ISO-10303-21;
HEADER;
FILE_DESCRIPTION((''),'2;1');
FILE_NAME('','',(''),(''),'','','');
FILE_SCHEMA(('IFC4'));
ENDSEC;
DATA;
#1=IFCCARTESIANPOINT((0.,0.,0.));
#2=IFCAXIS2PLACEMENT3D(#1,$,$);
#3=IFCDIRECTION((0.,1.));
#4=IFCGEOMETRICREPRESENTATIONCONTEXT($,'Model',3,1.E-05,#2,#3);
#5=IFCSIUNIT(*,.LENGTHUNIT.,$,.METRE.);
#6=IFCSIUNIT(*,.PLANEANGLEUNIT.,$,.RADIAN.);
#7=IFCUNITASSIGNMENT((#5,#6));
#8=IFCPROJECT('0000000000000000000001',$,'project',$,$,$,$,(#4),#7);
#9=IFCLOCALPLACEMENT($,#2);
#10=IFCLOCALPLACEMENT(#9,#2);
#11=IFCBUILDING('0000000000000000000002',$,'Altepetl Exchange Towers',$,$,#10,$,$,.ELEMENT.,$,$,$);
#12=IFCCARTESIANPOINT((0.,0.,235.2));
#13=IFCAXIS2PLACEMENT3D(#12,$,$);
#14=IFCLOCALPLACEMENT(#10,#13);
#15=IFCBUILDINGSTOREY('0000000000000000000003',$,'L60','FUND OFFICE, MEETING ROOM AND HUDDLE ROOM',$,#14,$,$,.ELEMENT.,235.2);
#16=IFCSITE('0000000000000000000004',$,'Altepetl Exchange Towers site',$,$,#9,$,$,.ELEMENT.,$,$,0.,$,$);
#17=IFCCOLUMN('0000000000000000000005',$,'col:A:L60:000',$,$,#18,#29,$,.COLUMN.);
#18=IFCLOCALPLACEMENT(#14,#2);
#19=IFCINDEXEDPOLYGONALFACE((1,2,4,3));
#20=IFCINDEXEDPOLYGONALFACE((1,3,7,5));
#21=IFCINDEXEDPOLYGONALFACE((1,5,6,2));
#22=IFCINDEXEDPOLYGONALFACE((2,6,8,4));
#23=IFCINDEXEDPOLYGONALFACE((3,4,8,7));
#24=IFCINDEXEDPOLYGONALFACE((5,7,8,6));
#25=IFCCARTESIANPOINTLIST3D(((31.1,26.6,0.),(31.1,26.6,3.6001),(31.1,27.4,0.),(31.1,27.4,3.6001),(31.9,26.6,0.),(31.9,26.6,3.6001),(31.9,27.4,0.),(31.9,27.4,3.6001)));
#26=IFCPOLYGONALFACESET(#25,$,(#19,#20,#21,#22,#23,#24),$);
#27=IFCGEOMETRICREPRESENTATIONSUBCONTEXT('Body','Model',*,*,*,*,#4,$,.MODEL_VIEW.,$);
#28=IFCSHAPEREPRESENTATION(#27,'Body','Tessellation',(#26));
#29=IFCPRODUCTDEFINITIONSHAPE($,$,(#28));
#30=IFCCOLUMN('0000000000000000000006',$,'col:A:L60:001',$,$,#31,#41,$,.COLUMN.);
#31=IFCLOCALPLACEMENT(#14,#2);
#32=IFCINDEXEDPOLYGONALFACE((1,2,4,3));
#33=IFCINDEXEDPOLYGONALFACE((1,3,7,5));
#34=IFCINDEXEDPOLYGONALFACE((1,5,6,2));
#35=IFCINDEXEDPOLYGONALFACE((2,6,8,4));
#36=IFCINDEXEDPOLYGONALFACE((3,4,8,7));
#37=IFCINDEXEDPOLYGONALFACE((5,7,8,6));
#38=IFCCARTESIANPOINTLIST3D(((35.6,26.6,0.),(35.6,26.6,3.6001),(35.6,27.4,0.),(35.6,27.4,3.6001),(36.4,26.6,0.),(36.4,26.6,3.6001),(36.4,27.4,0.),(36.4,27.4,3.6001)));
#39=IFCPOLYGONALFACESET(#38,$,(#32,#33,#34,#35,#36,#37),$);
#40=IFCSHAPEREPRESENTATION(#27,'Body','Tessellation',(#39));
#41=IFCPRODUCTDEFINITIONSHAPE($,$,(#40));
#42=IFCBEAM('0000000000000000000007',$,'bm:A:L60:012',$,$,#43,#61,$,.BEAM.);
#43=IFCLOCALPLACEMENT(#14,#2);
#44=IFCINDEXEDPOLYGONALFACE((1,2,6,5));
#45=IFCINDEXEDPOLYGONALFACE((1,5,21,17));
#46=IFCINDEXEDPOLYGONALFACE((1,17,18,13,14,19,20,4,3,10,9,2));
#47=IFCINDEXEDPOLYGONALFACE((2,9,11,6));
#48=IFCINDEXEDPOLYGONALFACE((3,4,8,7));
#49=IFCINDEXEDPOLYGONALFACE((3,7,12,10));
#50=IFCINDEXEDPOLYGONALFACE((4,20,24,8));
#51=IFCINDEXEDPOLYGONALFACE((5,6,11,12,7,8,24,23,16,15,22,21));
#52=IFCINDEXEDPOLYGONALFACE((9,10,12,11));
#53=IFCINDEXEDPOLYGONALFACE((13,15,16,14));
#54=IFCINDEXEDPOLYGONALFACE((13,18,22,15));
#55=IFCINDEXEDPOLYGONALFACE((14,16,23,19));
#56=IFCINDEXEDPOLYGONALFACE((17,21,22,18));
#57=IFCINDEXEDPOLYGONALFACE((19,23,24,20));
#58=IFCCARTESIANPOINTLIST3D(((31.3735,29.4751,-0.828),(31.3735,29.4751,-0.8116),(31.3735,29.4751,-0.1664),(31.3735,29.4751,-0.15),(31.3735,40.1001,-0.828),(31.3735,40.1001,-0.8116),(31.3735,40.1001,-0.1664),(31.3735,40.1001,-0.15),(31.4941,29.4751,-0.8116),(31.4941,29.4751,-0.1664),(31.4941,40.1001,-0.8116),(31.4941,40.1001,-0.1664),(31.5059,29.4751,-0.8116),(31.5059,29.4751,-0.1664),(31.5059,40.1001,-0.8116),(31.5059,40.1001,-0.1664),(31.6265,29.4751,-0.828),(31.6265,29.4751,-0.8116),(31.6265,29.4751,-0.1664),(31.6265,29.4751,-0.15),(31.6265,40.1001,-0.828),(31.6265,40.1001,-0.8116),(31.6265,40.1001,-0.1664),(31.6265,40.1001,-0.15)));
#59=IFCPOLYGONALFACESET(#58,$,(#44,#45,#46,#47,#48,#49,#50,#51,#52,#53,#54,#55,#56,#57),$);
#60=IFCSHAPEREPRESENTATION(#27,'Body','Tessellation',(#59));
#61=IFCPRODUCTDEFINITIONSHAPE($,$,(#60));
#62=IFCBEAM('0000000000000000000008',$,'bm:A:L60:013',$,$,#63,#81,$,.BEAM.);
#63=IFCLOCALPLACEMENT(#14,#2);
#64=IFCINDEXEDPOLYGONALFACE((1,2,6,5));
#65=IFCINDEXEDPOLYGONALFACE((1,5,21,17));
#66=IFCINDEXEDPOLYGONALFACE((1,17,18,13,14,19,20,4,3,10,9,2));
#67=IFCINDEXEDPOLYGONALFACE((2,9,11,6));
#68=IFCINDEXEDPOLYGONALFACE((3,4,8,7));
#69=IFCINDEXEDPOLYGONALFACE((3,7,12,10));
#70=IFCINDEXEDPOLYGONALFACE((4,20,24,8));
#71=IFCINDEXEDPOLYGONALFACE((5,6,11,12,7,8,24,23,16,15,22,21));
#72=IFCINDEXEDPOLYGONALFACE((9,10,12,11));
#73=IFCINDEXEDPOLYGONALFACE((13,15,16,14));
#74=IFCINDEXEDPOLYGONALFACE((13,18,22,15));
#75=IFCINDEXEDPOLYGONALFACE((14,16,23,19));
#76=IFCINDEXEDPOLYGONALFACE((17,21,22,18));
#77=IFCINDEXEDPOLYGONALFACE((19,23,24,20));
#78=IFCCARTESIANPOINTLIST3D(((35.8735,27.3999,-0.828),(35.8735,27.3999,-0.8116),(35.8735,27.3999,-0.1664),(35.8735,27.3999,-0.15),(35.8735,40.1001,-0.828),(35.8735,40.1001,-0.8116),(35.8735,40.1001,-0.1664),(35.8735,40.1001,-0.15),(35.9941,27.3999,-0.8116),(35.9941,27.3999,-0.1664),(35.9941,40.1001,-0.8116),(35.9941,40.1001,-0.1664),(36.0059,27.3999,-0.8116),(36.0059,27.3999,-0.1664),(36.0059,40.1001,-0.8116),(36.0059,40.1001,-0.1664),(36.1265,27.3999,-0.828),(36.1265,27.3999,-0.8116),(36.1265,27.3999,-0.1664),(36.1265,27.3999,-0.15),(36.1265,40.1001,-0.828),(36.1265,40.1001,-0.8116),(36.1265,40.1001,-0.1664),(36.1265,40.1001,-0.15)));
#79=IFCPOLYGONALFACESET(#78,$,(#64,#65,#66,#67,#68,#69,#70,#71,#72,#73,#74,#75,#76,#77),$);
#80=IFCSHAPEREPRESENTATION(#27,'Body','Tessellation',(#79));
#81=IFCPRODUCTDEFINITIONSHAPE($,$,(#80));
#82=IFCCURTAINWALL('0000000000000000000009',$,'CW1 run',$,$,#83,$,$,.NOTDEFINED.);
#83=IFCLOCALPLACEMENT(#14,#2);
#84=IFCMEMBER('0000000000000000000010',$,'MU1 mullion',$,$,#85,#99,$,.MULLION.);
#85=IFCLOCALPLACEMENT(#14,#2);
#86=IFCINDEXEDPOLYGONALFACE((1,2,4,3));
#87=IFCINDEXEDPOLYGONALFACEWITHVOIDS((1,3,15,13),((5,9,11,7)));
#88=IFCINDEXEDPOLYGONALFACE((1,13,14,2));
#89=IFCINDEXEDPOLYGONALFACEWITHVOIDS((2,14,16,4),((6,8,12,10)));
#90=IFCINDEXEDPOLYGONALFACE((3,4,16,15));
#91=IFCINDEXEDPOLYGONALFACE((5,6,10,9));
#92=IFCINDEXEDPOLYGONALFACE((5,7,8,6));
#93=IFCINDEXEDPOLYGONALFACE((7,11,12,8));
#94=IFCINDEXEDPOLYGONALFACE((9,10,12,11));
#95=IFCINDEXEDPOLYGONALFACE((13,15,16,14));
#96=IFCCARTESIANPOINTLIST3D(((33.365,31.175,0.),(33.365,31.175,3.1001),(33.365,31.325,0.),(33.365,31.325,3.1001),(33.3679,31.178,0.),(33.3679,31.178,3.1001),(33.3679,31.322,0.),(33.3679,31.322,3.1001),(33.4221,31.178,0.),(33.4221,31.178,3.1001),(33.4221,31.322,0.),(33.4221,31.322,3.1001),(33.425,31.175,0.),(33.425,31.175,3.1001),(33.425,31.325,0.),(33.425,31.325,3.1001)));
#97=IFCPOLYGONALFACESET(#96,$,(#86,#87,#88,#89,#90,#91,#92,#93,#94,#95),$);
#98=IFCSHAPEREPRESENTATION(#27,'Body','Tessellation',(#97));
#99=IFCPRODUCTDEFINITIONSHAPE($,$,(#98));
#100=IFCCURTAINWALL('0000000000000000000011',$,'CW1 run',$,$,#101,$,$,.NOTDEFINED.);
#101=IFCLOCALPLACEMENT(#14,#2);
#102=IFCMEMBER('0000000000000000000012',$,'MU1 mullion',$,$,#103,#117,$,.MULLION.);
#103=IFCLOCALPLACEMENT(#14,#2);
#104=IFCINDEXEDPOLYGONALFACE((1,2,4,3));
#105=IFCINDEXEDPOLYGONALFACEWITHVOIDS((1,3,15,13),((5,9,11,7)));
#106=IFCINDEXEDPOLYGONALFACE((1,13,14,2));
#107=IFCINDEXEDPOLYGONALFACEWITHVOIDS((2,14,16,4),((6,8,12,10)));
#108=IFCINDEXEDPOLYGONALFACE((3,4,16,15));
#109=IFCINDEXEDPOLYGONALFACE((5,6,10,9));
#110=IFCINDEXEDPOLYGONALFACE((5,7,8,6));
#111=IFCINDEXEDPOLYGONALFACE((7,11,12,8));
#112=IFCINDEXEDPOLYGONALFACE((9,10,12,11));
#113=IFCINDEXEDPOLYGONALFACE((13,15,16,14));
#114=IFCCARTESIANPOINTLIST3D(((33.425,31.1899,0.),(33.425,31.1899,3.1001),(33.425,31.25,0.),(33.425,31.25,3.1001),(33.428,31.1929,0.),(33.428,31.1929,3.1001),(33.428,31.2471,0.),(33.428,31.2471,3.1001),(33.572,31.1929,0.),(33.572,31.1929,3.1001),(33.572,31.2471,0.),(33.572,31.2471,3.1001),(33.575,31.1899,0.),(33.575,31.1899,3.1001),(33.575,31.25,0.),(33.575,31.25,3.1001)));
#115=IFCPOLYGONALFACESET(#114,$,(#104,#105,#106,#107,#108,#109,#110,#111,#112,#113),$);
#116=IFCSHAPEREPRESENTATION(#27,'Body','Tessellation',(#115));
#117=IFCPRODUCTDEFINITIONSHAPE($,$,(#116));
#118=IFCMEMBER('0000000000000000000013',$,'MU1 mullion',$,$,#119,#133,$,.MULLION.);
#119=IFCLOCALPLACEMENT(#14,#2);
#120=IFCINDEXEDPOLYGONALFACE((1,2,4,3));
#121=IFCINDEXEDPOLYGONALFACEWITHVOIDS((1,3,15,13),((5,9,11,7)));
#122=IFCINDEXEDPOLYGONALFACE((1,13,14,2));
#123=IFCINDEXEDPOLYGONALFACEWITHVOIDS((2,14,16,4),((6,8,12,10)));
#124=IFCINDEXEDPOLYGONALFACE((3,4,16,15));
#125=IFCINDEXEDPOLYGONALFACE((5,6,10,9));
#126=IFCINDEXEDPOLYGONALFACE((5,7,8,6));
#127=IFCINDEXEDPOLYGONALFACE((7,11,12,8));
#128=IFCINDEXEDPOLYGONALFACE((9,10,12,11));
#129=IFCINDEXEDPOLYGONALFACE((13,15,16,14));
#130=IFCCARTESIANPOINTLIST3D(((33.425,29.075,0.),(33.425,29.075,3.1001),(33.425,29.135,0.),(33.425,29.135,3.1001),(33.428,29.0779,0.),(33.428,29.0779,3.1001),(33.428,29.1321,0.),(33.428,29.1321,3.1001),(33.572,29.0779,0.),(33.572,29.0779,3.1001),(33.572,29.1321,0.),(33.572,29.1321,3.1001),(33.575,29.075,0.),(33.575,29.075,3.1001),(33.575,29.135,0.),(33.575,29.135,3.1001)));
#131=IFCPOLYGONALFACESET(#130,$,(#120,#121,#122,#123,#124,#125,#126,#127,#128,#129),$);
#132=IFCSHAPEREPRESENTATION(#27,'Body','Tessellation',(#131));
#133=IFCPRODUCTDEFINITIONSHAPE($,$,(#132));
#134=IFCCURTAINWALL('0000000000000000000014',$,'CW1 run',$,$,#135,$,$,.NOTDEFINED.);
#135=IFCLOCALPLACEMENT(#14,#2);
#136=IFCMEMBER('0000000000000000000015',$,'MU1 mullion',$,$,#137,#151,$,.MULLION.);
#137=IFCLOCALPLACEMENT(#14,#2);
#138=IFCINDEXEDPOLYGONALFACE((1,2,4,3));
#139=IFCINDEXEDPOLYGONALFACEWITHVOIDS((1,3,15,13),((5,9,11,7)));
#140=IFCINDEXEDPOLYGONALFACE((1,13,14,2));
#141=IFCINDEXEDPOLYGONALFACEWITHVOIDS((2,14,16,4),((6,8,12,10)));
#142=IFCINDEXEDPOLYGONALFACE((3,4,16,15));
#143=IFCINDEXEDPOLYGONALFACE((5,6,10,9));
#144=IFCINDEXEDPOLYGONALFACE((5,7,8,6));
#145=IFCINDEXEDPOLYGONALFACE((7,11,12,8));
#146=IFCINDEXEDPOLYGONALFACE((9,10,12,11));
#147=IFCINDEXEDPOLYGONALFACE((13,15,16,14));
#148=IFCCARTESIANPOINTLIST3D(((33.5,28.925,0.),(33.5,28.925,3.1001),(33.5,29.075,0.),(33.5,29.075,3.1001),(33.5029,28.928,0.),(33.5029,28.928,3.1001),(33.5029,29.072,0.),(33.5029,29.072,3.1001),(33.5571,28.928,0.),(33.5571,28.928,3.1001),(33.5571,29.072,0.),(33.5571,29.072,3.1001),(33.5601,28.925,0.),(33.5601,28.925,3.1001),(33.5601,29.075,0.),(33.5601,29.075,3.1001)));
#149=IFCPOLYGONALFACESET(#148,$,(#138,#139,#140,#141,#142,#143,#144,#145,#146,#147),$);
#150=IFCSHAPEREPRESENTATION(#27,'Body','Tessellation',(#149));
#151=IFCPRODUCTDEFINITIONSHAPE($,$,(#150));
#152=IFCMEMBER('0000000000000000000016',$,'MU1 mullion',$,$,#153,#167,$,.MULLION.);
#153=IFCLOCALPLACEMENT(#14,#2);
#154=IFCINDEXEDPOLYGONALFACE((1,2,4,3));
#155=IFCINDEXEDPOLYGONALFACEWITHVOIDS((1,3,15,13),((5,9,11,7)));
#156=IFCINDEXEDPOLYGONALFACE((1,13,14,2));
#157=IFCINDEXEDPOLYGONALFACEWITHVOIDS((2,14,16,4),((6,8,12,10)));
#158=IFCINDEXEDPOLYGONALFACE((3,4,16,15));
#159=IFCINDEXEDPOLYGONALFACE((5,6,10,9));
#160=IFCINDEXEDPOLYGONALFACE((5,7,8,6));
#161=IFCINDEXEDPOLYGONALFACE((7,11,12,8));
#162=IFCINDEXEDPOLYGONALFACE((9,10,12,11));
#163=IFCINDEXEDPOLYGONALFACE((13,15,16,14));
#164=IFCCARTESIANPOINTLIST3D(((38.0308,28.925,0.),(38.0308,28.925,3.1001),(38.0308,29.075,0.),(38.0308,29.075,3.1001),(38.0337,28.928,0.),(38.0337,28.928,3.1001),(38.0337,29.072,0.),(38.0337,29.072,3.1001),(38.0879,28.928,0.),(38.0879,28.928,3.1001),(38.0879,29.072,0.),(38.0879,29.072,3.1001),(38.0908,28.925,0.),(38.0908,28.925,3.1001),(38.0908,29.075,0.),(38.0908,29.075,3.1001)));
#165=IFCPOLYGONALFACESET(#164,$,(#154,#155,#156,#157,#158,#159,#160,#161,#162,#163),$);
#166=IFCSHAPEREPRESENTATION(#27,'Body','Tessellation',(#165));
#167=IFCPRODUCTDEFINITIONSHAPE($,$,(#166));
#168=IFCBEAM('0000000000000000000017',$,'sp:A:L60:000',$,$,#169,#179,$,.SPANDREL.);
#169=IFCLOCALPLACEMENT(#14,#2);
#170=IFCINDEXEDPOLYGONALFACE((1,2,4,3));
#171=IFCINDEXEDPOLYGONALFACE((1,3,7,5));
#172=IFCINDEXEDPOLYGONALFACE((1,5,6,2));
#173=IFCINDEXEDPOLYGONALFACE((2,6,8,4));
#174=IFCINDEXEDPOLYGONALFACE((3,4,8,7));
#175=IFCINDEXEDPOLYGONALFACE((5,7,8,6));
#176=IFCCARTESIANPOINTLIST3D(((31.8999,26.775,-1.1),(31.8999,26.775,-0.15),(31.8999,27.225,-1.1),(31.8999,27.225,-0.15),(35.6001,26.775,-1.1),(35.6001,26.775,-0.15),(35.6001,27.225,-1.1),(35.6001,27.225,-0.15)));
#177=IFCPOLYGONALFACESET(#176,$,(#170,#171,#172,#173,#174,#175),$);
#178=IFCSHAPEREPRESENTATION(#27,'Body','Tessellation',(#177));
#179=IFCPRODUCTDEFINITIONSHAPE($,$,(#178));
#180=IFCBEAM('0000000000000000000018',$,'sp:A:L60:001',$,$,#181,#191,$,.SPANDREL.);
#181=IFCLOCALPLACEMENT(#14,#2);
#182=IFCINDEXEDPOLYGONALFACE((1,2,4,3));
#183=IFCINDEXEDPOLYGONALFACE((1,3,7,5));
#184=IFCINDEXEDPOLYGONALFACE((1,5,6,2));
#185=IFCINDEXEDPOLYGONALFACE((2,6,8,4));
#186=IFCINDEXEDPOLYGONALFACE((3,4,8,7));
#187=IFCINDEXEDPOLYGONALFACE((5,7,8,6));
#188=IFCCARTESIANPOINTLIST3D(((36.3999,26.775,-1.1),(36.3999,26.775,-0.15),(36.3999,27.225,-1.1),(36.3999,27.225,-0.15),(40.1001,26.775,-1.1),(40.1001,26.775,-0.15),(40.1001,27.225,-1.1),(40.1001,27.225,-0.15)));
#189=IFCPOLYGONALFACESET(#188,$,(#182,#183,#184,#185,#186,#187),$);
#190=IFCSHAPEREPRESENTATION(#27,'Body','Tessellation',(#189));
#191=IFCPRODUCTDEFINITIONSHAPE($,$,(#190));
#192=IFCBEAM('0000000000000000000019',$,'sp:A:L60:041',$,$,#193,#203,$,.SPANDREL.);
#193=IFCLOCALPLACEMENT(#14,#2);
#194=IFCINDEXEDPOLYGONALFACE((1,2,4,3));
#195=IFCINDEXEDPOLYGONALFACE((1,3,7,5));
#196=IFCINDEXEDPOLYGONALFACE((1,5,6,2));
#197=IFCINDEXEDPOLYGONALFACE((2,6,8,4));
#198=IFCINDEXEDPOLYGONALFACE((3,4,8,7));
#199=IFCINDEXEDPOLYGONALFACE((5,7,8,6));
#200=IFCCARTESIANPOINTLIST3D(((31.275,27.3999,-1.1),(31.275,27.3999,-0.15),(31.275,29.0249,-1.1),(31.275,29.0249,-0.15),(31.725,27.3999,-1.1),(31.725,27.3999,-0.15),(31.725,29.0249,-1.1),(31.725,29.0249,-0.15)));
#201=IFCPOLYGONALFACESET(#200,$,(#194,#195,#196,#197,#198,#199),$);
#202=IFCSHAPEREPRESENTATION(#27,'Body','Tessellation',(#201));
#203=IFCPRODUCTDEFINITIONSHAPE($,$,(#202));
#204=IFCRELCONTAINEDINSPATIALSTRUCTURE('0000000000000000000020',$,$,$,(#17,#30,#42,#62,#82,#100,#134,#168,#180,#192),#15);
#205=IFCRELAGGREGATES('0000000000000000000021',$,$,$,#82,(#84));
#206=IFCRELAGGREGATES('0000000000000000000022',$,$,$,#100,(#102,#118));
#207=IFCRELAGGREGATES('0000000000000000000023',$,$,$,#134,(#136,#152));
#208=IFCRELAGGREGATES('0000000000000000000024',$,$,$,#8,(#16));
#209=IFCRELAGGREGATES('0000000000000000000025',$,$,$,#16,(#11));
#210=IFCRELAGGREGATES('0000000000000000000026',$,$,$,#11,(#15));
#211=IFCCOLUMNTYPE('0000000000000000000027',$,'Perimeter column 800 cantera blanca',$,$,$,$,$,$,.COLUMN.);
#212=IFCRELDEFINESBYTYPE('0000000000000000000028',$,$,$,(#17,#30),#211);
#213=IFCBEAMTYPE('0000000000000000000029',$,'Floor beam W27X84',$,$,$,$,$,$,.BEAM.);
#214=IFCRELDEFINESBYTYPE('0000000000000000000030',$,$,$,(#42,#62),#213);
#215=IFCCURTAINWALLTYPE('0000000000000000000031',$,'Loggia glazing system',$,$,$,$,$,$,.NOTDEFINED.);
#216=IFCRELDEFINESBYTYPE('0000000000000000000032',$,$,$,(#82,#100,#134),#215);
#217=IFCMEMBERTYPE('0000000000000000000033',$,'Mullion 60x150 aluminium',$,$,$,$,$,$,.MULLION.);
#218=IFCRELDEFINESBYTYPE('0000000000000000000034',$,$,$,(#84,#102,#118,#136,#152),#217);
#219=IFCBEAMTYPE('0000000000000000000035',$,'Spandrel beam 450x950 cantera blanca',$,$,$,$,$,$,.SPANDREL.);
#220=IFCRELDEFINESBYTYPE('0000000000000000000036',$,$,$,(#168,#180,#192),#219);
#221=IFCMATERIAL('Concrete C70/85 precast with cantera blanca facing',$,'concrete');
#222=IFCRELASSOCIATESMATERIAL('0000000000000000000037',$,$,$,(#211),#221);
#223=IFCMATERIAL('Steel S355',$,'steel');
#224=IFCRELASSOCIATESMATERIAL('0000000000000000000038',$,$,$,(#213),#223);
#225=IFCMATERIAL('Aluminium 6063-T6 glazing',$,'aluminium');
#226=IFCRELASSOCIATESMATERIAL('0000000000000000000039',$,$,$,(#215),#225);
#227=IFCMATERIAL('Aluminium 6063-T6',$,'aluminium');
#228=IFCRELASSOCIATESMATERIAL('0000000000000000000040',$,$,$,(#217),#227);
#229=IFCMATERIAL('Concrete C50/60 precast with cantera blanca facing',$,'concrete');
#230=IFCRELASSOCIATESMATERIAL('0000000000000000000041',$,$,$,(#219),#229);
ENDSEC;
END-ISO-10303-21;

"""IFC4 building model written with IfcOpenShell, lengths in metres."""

from ifc_helpers import new_model, si_unit, direction, frame, origin, origin_2d, place, context, subcontext, project, spatial, rectangle, hollow_rectangle, i_section, extrude, material, material_profile, profile_set, type_object, element, aggregate, save


model = new_model("IFC4")

# Units and contexts
model_context = context("Model", 3, precision=1e-05, world=origin(), true_north=direction((0.0, 1.0)))
body_context = subcontext(model_context, "Body", "Model", "MODEL_VIEW")
ifc_project = project(units=[si_unit("LENGTHUNIT", "METRE"), si_unit("PLANEANGLEUNIT", "RADIAN")], contexts=[model_context])

# Site, building, storey
site_placement = place(None, origin())
site = spatial("IfcSite", under=ifc_project, at=site_placement, Name="Altepetl Exchange Towers site", CompositionType="ELEMENT", RefElevation=0.0)
building_placement = place(site_placement, origin())
building = spatial("IfcBuilding", under=site, at=building_placement, Name="Altepetl Exchange Towers", CompositionType="ELEMENT")
storey_placement = place(building_placement, frame((0.0, 0.0, 235.2)))
storey = spatial("IfcBuildingStorey", under=building, at=storey_placement, Name="L60", Description="FUND OFFICE, MEETING ROOM AND HUDDLE ROOM", CompositionType="ELEMENT", Elevation=235.2)

# Columns
ifc_material_1 = material(Name="Concrete C70/85 precast with cantera blanca facing", Category="concrete")
ifc_material_profile_1 = material_profile(ifc_material_1, rectangle(XDim=0.8, YDim=0.8, at=origin_2d()), Name="800 x 800")
ifc_profile_set_1 = profile_set([ifc_material_profile_1], Name="Concrete C70/85 precast with cantera blanca facing")
column_type = type_object("IfcColumnType", Name="Perimeter column 800 cantera blanca", PredefinedType="COLUMN", material=ifc_profile_set_1)
for number, where, name in (
    (1, (31.5, 27.0, 0.0), "col:A:L60:000"),
    (2, (36.0, 27.0, 0.0), "col:A:L60:001"),
):
    element("IfcColumn", number, at=place(storey_placement, frame(where)), inside=storey, type_object=column_type, Name=name, PredefinedType="COLUMN", context=body_context, shape_type="SweptSolid", body=[
        extrude(rectangle(XDim=0.8, YDim=0.8, at=origin_2d()), origin(), (0.0, 0.0, 1.0), 3.6001),
    ])

# Beams
ifc_material_2 = material(Name="Steel S355", Category="steel")
ifc_material_profile_2 = material_profile(ifc_material_2, i_section(OverallWidth=0.2529, OverallDepth=0.678, WebThickness=0.0117, FlangeThickness=0.0164, at=origin_2d()), Name="W27X84")
ifc_profile_set_2 = profile_set([ifc_material_profile_2], Name="Steel S355")
beam_type_1 = type_object("IfcBeamType", Name="Floor beam W27X84", PredefinedType="BEAM", material=ifc_profile_set_2)
beam_1_placement = place(storey_placement, frame((31.5, 29.4751, -0.489), z_axis=(0.0, 1.0, 0.0), x_axis=(-1.0, 0.0, 0.0)))
element("IfcBeam", 3, at=beam_1_placement, inside=storey, type_object=beam_type_1, Name="bm:A:L60:012", PredefinedType="BEAM", context=body_context, shape_type="SweptSolid", body=[
    extrude(i_section(OverallWidth=0.2529, OverallDepth=0.678, WebThickness=0.0117, FlangeThickness=0.0164, at=origin_2d()), origin(), (0.0, 0.0, 1.0), 10.625),
])
beam_2_placement = place(storey_placement, frame((36.0, 27.3999, -0.489), z_axis=(0.0, 1.0, 0.0), x_axis=(-1.0, 0.0, 0.0)))
element("IfcBeam", 4, at=beam_2_placement, inside=storey, type_object=beam_type_1, Name="bm:A:L60:013", PredefinedType="BEAM", context=body_context, shape_type="SweptSolid", body=[
    extrude(i_section(OverallWidth=0.2529, OverallDepth=0.678, WebThickness=0.0117, FlangeThickness=0.0164, at=origin_2d()), origin(), (0.0, 0.0, 1.0), 12.7002),
])

# Curtain wall, member
ifc_material_3 = material(Name="Aluminium 6063-T6 glazing", Category="aluminium")
curtain_wall_type = type_object("IfcCurtainWallType", Name="Loggia glazing system", PredefinedType="NOTDEFINED", material=ifc_material_3)
curtain_wall_1_placement = place(storey_placement, origin())
curtain_wall_1 = element("IfcCurtainWall", 5, at=curtain_wall_1_placement, inside=storey, type_object=curtain_wall_type, Name="CW1 run", PredefinedType="NOTDEFINED")
ifc_material_4 = material(Name="Aluminium 6063-T6", Category="aluminium")
ifc_material_profile_3 = material_profile(ifc_material_4, hollow_rectangle(XDim=0.0601, YDim=0.1499, WallThickness=0.0029, at=origin_2d()), Name="Mullion 60x150 aluminium")
ifc_profile_set_3 = profile_set([ifc_material_profile_3], Name="Aluminium 6063-T6")
member_type = type_object("IfcMemberType", Name="Mullion 60x150 aluminium", PredefinedType="MULLION", material=ifc_profile_set_3)
member_1_placement = place(storey_placement, frame((33.395, 31.25, 0.0)))
member_1 = element("IfcMember", 6, at=member_1_placement, type_object=member_type, Name="MU1 mullion", PredefinedType="MULLION", context=body_context, shape_type="SweptSolid", body=[
    extrude(hollow_rectangle(XDim=0.0601, YDim=0.1499, WallThickness=0.0029, at=origin_2d()), origin(), (0.0, 0.0, 1.0), 3.1001),
])

# Curtain walls, members
curtain_wall_2_placement = place(storey_placement, origin())
curtain_wall_2 = element("IfcCurtainWall", 7, at=curtain_wall_2_placement, inside=storey, type_object=curtain_wall_type, Name="CW1 run", PredefinedType="NOTDEFINED")
member_2_placement = place(storey_placement, frame((33.5, 31.22, 0.0), z_axis=(0.0, 0.0, 1.0), x_axis=(0.0, -1.0, 0.0)))
member_2 = element("IfcMember", 8, at=member_2_placement, type_object=member_type, Name="MU1 mullion", PredefinedType="MULLION", context=body_context, shape_type="SweptSolid", body=[
    extrude(hollow_rectangle(XDim=0.0601, YDim=0.1499, WallThickness=0.0029, at=origin_2d()), origin(), (0.0, 0.0, 1.0), 3.1001),
])
member_3_placement = place(storey_placement, frame((33.5, 29.105, 0.0), z_axis=(0.0, 0.0, 1.0), x_axis=(0.0, -1.0, 0.0)))
member_3 = element("IfcMember", 9, at=member_3_placement, type_object=member_type, Name="MU1 mullion", PredefinedType="MULLION", context=body_context, shape_type="SweptSolid", body=[
    extrude(hollow_rectangle(XDim=0.0601, YDim=0.1499, WallThickness=0.0029, at=origin_2d()), origin(), (0.0, 0.0, 1.0), 3.1001),
])
curtain_wall_3_placement = place(storey_placement, origin())
curtain_wall_3 = element("IfcCurtainWall", 10, at=curtain_wall_3_placement, inside=storey, type_object=curtain_wall_type, Name="CW1 run", PredefinedType="NOTDEFINED")
member_4_placement = place(storey_placement, frame((33.53, 29.0, 0.0)))
member_4 = element("IfcMember", 11, at=member_4_placement, type_object=member_type, Name="MU1 mullion", PredefinedType="MULLION", context=body_context, shape_type="SweptSolid", body=[
    extrude(hollow_rectangle(XDim=0.0601, YDim=0.1499, WallThickness=0.0029, at=origin_2d()), origin(), (0.0, 0.0, 1.0), 3.1001),
])
member_5_placement = place(storey_placement, frame((38.0608, 29.0, 0.0)))
member_5 = element("IfcMember", 12, at=member_5_placement, type_object=member_type, Name="MU1 mullion", PredefinedType="MULLION", context=body_context, shape_type="SweptSolid", body=[
    extrude(hollow_rectangle(XDim=0.0601, YDim=0.1499, WallThickness=0.0029, at=origin_2d()), origin(), (0.0, 0.0, 1.0), 3.1001),
])

# Beams
ifc_material_5 = material(Name="Concrete C50/60 precast with cantera blanca facing", Category="concrete")
ifc_material_profile_4 = material_profile(ifc_material_5, rectangle(XDim=0.45, YDim=0.95, at=origin_2d()), Name="450 x 950")
ifc_profile_set_4 = profile_set([ifc_material_profile_4], Name="Concrete C50/60 precast with cantera blanca facing")
beam_type_2 = type_object("IfcBeamType", Name="Spandrel beam 450x950 cantera blanca", PredefinedType="SPANDREL", material=ifc_profile_set_4)
for number, where, z_axis, x_axis, name in (
    (13, (31.8999, 27.0, -0.625), (1.0, 0.0, 0.0), (0.0, 1.0, 0.0), "sp:A:L60:000"),
    (14, (36.3999, 27.0, -0.625), (1.0, 0.0, 0.0), (0.0, 1.0, 0.0), "sp:A:L60:001"),
):
    element("IfcBeam", number, at=place(storey_placement, frame(where, z_axis=z_axis, x_axis=x_axis)), inside=storey, type_object=beam_type_2, Name=name, PredefinedType="SPANDREL", context=body_context, shape_type="SweptSolid", body=[
        extrude(rectangle(XDim=0.45, YDim=0.95, at=origin_2d()), origin(), (0.0, 0.0, 1.0), 3.7002),
    ])
beam_3_placement = place(storey_placement, frame((31.5, 29.0249, -0.625), z_axis=(0.0, -1.0, 0.0), x_axis=(1.0, 0.0, 0.0)))
element("IfcBeam", 15, at=beam_3_placement, inside=storey, type_object=beam_type_2, Name="sp:A:L60:041", PredefinedType="SPANDREL", context=body_context, shape_type="SweptSolid", body=[
    extrude(rectangle(XDim=0.45, YDim=0.95, at=origin_2d()), origin(), (0.0, 0.0, 1.0), 1.625),
])

aggregate(curtain_wall_1, [member_1])
aggregate(curtain_wall_2, [member_2, member_3])
aggregate(curtain_wall_3, [member_4, member_5])

save(model, "model.ifc")
